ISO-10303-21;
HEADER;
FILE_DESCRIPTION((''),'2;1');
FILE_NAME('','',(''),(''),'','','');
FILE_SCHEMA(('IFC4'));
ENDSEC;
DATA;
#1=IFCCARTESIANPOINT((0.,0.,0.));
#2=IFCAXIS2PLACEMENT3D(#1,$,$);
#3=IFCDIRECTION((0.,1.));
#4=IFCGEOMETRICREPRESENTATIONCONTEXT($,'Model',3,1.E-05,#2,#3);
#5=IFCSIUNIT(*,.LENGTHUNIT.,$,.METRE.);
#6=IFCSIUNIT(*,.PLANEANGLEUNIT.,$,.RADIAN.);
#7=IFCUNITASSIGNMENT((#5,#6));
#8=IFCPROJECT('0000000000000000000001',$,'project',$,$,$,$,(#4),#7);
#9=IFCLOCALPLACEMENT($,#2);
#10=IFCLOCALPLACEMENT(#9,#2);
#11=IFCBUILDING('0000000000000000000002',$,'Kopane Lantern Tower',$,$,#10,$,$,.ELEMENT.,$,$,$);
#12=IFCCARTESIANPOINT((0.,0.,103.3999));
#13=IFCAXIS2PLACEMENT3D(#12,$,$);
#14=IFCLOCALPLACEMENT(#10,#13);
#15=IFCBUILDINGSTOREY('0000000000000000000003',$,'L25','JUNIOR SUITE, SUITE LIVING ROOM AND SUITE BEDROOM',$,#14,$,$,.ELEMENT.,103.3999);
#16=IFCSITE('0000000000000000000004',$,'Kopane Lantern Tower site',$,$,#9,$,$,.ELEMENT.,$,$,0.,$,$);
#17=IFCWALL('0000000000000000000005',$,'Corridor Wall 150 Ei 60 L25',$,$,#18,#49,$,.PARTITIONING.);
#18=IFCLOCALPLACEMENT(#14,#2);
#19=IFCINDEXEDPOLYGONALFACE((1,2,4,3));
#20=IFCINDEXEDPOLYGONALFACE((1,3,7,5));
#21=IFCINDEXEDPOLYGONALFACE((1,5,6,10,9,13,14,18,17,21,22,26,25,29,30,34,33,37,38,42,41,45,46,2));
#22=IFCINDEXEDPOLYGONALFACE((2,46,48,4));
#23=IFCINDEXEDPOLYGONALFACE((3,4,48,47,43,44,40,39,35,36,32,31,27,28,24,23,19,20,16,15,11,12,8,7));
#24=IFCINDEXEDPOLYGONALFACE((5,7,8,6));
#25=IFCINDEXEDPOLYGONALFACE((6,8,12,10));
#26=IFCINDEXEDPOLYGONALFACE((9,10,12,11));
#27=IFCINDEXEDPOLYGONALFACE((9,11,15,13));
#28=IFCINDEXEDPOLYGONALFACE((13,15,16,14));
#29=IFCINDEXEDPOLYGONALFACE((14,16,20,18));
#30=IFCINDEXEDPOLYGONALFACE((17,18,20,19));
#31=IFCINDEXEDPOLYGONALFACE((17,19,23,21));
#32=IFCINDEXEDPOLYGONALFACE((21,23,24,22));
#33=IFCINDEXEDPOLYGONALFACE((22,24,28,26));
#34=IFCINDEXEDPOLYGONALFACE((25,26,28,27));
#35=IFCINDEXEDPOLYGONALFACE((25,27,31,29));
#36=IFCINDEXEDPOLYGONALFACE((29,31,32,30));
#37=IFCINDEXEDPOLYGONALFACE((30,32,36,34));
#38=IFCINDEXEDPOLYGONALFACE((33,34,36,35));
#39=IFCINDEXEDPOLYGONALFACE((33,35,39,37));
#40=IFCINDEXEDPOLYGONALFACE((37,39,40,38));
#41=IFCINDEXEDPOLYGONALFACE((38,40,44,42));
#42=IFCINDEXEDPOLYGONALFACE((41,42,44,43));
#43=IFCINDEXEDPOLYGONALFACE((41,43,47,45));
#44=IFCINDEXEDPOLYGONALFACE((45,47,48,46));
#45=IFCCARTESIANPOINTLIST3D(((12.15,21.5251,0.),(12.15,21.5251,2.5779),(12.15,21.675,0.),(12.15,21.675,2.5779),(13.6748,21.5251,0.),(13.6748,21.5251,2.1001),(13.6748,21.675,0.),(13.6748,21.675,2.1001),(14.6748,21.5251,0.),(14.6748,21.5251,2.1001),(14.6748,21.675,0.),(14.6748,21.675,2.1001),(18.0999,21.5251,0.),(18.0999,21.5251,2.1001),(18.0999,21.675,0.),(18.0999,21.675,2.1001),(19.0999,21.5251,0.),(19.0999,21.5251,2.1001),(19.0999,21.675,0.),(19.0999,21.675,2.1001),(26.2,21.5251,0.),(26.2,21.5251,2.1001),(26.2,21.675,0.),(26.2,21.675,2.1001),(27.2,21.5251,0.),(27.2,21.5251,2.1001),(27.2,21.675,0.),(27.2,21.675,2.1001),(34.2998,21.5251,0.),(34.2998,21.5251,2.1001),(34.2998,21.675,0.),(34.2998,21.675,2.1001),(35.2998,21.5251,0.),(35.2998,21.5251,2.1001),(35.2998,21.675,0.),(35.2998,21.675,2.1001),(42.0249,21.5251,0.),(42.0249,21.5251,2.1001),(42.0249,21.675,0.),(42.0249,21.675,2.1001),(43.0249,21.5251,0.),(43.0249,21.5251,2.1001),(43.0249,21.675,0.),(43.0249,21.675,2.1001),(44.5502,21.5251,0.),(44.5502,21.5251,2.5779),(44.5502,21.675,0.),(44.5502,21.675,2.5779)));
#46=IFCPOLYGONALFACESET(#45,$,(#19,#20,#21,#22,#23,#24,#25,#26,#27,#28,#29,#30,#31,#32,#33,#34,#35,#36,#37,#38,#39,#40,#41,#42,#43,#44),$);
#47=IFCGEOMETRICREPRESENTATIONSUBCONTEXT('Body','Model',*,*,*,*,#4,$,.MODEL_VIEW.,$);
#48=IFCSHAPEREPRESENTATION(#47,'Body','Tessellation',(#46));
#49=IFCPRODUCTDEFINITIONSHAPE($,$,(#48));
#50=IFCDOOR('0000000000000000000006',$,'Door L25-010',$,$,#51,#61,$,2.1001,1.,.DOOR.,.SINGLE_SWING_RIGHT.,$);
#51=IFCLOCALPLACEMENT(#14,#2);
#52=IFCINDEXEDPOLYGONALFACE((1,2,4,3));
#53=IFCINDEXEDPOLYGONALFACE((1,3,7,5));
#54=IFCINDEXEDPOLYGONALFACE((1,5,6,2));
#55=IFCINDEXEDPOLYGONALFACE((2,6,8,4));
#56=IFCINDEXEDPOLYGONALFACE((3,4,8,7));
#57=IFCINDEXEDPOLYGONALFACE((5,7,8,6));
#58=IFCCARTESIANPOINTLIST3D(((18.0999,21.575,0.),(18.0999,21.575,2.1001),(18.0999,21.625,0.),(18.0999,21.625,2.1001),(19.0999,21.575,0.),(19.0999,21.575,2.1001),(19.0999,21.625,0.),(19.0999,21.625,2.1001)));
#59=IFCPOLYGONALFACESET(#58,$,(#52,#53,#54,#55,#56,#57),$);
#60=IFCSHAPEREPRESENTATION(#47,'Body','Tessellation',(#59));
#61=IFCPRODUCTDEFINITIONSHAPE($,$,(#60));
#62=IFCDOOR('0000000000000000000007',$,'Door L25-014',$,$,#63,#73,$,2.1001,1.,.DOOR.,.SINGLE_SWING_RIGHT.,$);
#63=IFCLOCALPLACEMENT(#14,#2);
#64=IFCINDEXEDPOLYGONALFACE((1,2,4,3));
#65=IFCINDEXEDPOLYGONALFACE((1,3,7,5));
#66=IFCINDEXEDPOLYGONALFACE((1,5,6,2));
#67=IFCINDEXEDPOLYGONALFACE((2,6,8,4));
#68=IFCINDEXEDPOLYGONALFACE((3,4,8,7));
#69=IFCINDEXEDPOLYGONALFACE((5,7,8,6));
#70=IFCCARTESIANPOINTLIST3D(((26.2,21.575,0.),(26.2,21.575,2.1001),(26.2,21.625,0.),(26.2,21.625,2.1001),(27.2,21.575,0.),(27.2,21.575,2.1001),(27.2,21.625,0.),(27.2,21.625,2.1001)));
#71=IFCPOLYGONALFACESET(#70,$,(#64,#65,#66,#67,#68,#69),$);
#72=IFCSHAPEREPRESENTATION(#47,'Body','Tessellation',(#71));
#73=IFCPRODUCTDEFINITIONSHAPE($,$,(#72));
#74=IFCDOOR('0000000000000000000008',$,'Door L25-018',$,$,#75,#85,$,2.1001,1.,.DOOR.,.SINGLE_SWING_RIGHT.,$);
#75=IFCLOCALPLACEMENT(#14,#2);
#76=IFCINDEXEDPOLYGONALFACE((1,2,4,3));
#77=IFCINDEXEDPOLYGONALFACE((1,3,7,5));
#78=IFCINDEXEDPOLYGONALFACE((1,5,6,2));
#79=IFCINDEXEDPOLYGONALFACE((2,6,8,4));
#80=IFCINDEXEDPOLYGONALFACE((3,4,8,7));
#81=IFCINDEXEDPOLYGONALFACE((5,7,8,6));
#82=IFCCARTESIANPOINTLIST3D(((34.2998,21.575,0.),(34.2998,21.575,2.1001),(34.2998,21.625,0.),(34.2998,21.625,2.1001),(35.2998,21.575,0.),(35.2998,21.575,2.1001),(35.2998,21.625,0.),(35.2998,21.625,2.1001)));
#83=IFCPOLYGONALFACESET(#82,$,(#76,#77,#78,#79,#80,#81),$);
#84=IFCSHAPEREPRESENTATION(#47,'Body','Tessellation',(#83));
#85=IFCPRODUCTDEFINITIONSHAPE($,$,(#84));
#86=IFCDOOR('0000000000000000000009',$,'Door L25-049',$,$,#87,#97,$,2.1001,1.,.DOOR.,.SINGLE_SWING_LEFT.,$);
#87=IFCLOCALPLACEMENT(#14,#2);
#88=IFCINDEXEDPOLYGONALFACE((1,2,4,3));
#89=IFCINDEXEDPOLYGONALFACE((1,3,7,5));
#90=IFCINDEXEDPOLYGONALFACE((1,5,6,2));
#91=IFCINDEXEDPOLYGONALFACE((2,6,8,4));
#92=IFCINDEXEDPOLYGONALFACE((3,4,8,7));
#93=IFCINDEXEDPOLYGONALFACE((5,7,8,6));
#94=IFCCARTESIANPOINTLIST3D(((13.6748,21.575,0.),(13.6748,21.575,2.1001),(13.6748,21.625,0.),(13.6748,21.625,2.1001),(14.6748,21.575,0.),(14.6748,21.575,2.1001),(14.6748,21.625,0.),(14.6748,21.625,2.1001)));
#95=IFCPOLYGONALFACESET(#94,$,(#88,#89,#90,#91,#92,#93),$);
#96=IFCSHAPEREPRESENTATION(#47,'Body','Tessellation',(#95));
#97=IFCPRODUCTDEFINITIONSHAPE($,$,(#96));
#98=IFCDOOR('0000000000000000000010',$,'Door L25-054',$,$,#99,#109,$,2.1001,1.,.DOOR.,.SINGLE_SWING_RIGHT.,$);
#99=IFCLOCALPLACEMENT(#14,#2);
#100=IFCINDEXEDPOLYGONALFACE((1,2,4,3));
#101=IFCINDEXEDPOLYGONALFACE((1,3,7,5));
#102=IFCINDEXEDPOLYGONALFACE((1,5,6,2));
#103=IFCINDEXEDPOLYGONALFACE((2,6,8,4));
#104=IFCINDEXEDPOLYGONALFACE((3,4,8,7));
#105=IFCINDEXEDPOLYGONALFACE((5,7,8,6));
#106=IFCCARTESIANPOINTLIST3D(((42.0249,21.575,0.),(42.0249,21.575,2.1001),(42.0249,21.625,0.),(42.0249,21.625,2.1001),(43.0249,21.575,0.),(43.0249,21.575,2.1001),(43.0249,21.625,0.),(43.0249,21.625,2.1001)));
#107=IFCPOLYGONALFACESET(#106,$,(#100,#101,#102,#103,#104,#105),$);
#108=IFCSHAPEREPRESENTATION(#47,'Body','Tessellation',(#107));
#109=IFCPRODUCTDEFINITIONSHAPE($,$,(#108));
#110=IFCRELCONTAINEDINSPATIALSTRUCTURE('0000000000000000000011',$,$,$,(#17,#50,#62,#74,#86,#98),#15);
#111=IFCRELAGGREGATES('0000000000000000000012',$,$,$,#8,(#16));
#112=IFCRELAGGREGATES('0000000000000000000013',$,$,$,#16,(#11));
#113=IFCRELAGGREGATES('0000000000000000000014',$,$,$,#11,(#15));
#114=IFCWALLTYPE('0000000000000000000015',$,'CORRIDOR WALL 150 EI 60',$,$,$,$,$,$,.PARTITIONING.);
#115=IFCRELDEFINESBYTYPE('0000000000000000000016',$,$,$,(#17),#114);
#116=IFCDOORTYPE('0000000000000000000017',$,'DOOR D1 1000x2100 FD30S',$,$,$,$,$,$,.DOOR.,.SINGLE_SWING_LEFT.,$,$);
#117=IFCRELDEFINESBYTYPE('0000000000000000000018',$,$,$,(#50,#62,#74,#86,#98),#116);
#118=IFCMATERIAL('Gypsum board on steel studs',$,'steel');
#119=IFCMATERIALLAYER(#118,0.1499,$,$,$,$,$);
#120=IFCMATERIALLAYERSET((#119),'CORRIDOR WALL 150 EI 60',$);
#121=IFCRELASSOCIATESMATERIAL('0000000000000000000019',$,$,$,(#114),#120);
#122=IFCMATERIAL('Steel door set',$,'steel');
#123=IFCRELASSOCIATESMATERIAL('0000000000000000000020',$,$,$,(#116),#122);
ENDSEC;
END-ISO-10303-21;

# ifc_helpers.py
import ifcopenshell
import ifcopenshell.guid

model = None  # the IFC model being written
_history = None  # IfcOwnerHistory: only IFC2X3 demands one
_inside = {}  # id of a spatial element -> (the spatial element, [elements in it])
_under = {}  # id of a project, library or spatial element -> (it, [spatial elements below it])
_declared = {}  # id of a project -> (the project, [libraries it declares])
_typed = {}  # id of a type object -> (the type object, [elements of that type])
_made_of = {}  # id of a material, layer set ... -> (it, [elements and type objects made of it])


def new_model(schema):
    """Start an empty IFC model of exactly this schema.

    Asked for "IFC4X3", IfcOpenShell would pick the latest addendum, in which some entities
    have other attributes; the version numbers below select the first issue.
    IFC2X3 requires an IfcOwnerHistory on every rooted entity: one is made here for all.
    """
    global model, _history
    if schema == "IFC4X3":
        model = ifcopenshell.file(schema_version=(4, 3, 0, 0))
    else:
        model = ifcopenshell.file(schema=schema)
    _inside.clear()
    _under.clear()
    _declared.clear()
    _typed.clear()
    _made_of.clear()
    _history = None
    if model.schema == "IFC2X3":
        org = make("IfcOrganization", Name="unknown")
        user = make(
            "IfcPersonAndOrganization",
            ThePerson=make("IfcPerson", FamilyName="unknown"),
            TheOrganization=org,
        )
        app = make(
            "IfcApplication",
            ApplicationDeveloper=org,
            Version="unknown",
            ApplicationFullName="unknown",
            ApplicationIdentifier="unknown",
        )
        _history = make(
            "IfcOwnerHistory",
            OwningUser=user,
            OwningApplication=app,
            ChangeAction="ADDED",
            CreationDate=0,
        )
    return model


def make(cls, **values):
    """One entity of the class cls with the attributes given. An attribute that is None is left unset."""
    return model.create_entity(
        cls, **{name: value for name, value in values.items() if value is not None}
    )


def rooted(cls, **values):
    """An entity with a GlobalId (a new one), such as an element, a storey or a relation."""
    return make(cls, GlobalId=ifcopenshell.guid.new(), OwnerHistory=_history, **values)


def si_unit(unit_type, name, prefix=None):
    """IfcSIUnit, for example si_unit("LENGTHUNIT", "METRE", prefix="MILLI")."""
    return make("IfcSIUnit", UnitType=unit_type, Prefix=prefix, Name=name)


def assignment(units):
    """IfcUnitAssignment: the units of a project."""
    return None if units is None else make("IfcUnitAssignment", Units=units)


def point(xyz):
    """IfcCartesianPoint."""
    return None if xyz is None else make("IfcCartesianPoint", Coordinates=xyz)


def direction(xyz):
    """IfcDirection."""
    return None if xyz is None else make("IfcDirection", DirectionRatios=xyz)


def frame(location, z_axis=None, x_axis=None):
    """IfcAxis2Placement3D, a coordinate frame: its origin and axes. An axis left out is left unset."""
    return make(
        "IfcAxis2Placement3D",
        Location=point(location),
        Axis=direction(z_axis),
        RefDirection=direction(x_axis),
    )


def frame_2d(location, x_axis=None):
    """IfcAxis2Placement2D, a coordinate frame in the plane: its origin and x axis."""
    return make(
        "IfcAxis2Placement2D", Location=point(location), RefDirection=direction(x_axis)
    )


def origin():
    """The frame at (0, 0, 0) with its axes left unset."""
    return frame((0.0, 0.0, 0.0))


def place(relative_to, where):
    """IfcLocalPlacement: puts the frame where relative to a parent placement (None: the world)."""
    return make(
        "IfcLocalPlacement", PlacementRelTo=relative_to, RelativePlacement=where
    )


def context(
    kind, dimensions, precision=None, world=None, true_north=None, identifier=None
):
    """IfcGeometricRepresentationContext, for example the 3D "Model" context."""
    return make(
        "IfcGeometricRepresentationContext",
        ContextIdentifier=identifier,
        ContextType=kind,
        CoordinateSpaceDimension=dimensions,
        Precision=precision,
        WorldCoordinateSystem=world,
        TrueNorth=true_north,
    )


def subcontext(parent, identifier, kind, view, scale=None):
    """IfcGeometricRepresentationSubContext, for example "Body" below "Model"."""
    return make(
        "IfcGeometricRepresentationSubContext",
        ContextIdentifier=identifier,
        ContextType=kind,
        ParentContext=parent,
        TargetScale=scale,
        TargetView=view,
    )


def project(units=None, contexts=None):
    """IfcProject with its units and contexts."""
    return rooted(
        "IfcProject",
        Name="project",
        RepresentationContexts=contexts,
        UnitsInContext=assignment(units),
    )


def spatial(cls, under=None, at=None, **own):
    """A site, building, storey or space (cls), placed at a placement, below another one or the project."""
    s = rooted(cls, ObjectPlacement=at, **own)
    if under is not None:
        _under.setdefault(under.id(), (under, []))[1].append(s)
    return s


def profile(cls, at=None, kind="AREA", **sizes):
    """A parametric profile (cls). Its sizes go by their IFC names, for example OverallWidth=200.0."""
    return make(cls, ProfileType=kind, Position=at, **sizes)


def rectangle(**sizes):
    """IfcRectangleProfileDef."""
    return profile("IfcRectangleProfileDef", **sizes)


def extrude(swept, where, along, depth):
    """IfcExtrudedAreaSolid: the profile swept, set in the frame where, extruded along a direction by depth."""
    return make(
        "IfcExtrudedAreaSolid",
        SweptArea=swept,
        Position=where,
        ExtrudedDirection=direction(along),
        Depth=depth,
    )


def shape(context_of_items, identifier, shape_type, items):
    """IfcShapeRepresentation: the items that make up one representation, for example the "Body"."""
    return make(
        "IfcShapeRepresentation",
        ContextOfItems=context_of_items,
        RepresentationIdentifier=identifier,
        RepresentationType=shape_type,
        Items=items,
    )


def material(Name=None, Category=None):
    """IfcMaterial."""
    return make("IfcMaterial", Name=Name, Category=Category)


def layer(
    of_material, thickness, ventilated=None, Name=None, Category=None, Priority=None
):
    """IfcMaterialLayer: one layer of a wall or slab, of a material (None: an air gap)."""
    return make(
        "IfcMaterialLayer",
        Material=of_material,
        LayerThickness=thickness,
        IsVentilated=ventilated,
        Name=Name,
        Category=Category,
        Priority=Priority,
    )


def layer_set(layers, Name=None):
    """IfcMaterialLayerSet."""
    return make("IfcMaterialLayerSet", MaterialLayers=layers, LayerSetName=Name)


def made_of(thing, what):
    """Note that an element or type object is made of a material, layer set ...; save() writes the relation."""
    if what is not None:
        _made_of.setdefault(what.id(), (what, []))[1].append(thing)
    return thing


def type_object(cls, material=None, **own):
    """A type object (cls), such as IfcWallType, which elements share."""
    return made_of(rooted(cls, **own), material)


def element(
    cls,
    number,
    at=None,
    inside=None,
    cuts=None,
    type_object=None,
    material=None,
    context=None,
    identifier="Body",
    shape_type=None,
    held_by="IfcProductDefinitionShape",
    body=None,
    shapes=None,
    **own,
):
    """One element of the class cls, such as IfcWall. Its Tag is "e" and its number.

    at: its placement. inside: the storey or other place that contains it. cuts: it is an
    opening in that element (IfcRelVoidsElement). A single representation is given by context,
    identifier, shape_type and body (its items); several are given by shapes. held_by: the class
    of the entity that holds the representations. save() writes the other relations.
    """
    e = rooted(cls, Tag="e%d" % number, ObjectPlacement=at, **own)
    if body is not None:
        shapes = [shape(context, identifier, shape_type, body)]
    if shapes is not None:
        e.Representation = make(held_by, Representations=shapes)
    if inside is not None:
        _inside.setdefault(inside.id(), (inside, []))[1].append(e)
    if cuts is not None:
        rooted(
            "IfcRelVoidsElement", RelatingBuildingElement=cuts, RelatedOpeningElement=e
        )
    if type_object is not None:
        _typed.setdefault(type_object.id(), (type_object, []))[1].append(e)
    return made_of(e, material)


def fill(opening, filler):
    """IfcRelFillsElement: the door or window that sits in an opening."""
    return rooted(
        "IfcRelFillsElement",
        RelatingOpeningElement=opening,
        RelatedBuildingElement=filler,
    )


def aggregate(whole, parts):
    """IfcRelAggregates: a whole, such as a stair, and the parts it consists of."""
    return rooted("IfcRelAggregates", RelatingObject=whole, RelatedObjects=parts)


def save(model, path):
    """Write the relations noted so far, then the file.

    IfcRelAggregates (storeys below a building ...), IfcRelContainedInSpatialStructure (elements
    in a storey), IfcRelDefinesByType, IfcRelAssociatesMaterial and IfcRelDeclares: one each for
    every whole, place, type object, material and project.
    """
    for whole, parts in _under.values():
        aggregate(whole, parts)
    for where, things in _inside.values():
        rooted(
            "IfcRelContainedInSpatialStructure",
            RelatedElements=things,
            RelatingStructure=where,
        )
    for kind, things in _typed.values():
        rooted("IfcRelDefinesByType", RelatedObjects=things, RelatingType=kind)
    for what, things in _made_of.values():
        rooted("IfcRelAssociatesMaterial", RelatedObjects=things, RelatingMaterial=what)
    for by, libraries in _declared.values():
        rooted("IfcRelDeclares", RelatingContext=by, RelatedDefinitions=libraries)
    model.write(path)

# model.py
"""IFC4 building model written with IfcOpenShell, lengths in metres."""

from ifc_helpers import new_model, si_unit, direction, frame, frame_2d, origin, place, context, subcontext, project, spatial, rectangle, extrude, material, layer, layer_set, type_object, element, fill, save


model = new_model("IFC4")

# Units and contexts
model_context = context("Model", 3, precision=1e-05, world=origin(), true_north=direction((0.0, 1.0)))
body_context = subcontext(model_context, "Body", "Model", "MODEL_VIEW")
ifc_project = project(units=[si_unit("LENGTHUNIT", "METRE"), si_unit("PLANEANGLEUNIT", "RADIAN")], contexts=[model_context])

# Site, building, storey
site_placement = place(None, origin())
site = spatial("IfcSite", under=ifc_project, at=site_placement, Name="Kopane Lantern Tower site", CompositionType="ELEMENT", RefElevation=0.0)
building_placement = place(site_placement, origin())
building = spatial("IfcBuilding", under=site, at=building_placement, Name="Kopane Lantern Tower", CompositionType="ELEMENT")
storey_placement = place(building_placement, frame((0.0, 0.0, 103.3999)))
storey = spatial("IfcBuildingStorey", under=building, at=storey_placement, Name="L25", Description="JUNIOR SUITE, SUITE LIVING ROOM AND SUITE BEDROOM", CompositionType="ELEMENT", Elevation=103.3999)

# Wall, openings, doors
ifc_material_1 = material(Name="Gypsum board on steel studs", Category="steel")
ifc_layer_1 = layer(ifc_material_1, 0.1499)
ifc_layer_set_1 = layer_set([ifc_layer_1], Name="CORRIDOR WALL 150 EI 60")
wall_type_1 = type_object("IfcWallType", Name="CORRIDOR WALL 150 EI 60", PredefinedType="PARTITIONING", material=ifc_layer_set_1)
wall_1_placement = place(storey_placement, frame((12.1499, 21.6001, 0.0), z_axis=(0.0, 0.0, 1.0), x_axis=(1.0, 0.0, 0.0)))
wall_1 = element("IfcWall", 1, at=wall_1_placement, inside=storey, type_object=wall_type_1, Name="Corridor Wall 150 Ei 60 L25", PredefinedType="PARTITIONING", context=body_context, shape_type="SweptSolid", body=[
    extrude(rectangle(XDim=32.4001, YDim=0.1499, at=frame_2d((16.2002, 0.0))), origin(), (0.0, 0.0, 1.0), 2.5779),
])
opening_1_placement = place(wall_1_placement, frame((5.95, 0.0, 0.0)))
opening_1 = element("IfcOpeningElement", 2, at=opening_1_placement, cuts=wall_1, PredefinedType="OPENING", context=body_context, shape_type="SweptSolid", body=[
    extrude(rectangle(XDim=1.0, YDim=2.1001, at=frame_2d((0.5, 1.05))), frame((0.0, 0.085, 0.0), z_axis=(0.0, -1.0, 0.0), x_axis=(1.0, 0.0, 0.0)), (0.0, 0.0, 1.0), 0.1699),
])
opening_2_placement = place(wall_1_placement, frame((14.05, 0.0, 0.0)))
opening_2 = element("IfcOpeningElement", 3, at=opening_2_placement, cuts=wall_1, PredefinedType="OPENING", context=body_context, shape_type="SweptSolid", body=[
    extrude(rectangle(XDim=1.0, YDim=2.1001, at=frame_2d((0.5, 1.05))), frame((0.0, 0.085, 0.0), z_axis=(0.0, -1.0, 0.0), x_axis=(1.0, 0.0, 0.0)), (0.0, 0.0, 1.0), 0.1699),
])
opening_3_placement = place(wall_1_placement, frame((22.1499, 0.0, 0.0)))
opening_3 = element("IfcOpeningElement", 4, at=opening_3_placement, cuts=wall_1, PredefinedType="OPENING", context=body_context, shape_type="SweptSolid", body=[
    extrude(rectangle(XDim=1.0, YDim=2.1001, at=frame_2d((0.5, 1.05))), frame((0.0, 0.085, 0.0), z_axis=(0.0, -1.0, 0.0), x_axis=(1.0, 0.0, 0.0)), (0.0, 0.0, 1.0), 0.1699),
])
opening_4_placement = place(wall_1_placement, frame((1.5249, 0.0, 0.0)))
opening_4 = element("IfcOpeningElement", 5, at=opening_4_placement, cuts=wall_1, PredefinedType="OPENING", context=body_context, shape_type="SweptSolid", body=[
    extrude(rectangle(XDim=1.0, YDim=2.1001, at=frame_2d((0.5, 1.05))), frame((0.0, 0.085, 0.0), z_axis=(0.0, -1.0, 0.0), x_axis=(1.0, 0.0, 0.0)), (0.0, 0.0, 1.0), 0.1699),
])
opening_5_placement = place(wall_1_placement, frame((29.875, 0.0, 0.0)))
opening_5 = element("IfcOpeningElement", 6, at=opening_5_placement, cuts=wall_1, PredefinedType="OPENING", context=body_context, shape_type="SweptSolid", body=[
    extrude(rectangle(XDim=1.0, YDim=2.1001, at=frame_2d((0.5, 1.05))), frame((0.0, 0.085, 0.0), z_axis=(0.0, -1.0, 0.0), x_axis=(1.0, 0.0, 0.0)), (0.0, 0.0, 1.0), 0.1699),
])
ifc_material_2 = material(Name="Steel door set", Category="steel")
door_type_1 = type_object("IfcDoorType", Name="DOOR D1 1000x2100 FD30S", OperationType="SINGLE_SWING_LEFT", PredefinedType="DOOR", material=ifc_material_2)
door_1_placement = place(opening_1_placement, origin())
door_1 = element("IfcDoor", 7, at=door_1_placement, inside=storey, type_object=door_type_1, Name="Door L25-010", OperationType="SINGLE_SWING_RIGHT", OverallHeight=2.1001, OverallWidth=1.0, PredefinedType="DOOR", context=body_context, shape_type="SweptSolid", body=[
    extrude(rectangle(XDim=1.0, YDim=2.1001, at=frame_2d((0.5, 1.05))), frame((0.0, 0.0249, 0.0), z_axis=(0.0, -1.0, 0.0), x_axis=(1.0, 0.0, 0.0)), (0.0, 0.0, 1.0), 0.05),
])
fill(opening_1, door_1)
door_2_placement = place(opening_2_placement, origin())
door_2 = element("IfcDoor", 8, at=door_2_placement, inside=storey, type_object=door_type_1, Name="Door L25-014", OperationType="SINGLE_SWING_RIGHT", OverallHeight=2.1001, OverallWidth=1.0, PredefinedType="DOOR", context=body_context, shape_type="SweptSolid", body=[
    extrude(rectangle(XDim=1.0, YDim=2.1001, at=frame_2d((0.5, 1.05))), frame((0.0, 0.0249, 0.0), z_axis=(0.0, -1.0, 0.0), x_axis=(1.0, 0.0, 0.0)), (0.0, 0.0, 1.0), 0.05),
])
fill(opening_2, door_2)
door_3_placement = place(opening_3_placement, origin())
door_3 = element("IfcDoor", 9, at=door_3_placement, inside=storey, type_object=door_type_1, Name="Door L25-018", OperationType="SINGLE_SWING_RIGHT", OverallHeight=2.1001, OverallWidth=1.0, PredefinedType="DOOR", context=body_context, shape_type="SweptSolid", body=[
    extrude(rectangle(XDim=1.0, YDim=2.1001, at=frame_2d((0.5, 1.05))), frame((0.0, 0.0249, 0.0), z_axis=(0.0, -1.0, 0.0), x_axis=(1.0, 0.0, 0.0)), (0.0, 0.0, 1.0), 0.05),
])
fill(opening_3, door_3)
door_4_placement = place(opening_4_placement, origin())
door_4 = element("IfcDoor", 10, at=door_4_placement, inside=storey, type_object=door_type_1, Name="Door L25-049", OperationType="SINGLE_SWING_LEFT", OverallHeight=2.1001, OverallWidth=1.0, PredefinedType="DOOR", context=body_context, shape_type="SweptSolid", body=[
    extrude(rectangle(XDim=1.0, YDim=2.1001, at=frame_2d((0.5, 1.05))), frame((0.0, 0.0249, 0.0), z_axis=(0.0, -1.0, 0.0), x_axis=(1.0, 0.0, 0.0)), (0.0, 0.0, 1.0), 0.05),
])
fill(opening_4, door_4)
door_5_placement = place(opening_5_placement, origin())
door_5 = element("IfcDoor", 11, at=door_5_placement, inside=storey, type_object=door_type_1, Name="Door L25-054", OperationType="SINGLE_SWING_RIGHT", OverallHeight=2.1001, OverallWidth=1.0, PredefinedType="DOOR", context=body_context, shape_type="SweptSolid", body=[
    extrude(rectangle(XDim=1.0, YDim=2.1001, at=frame_2d((0.5, 1.05))), frame((0.0, 0.0249, 0.0), z_axis=(0.0, -1.0, 0.0), x_axis=(1.0, 0.0, 0.0)), (0.0, 0.0, 1.0), 0.05),
])
fill(opening_5, door_5)

save(model, "model.ifc")
